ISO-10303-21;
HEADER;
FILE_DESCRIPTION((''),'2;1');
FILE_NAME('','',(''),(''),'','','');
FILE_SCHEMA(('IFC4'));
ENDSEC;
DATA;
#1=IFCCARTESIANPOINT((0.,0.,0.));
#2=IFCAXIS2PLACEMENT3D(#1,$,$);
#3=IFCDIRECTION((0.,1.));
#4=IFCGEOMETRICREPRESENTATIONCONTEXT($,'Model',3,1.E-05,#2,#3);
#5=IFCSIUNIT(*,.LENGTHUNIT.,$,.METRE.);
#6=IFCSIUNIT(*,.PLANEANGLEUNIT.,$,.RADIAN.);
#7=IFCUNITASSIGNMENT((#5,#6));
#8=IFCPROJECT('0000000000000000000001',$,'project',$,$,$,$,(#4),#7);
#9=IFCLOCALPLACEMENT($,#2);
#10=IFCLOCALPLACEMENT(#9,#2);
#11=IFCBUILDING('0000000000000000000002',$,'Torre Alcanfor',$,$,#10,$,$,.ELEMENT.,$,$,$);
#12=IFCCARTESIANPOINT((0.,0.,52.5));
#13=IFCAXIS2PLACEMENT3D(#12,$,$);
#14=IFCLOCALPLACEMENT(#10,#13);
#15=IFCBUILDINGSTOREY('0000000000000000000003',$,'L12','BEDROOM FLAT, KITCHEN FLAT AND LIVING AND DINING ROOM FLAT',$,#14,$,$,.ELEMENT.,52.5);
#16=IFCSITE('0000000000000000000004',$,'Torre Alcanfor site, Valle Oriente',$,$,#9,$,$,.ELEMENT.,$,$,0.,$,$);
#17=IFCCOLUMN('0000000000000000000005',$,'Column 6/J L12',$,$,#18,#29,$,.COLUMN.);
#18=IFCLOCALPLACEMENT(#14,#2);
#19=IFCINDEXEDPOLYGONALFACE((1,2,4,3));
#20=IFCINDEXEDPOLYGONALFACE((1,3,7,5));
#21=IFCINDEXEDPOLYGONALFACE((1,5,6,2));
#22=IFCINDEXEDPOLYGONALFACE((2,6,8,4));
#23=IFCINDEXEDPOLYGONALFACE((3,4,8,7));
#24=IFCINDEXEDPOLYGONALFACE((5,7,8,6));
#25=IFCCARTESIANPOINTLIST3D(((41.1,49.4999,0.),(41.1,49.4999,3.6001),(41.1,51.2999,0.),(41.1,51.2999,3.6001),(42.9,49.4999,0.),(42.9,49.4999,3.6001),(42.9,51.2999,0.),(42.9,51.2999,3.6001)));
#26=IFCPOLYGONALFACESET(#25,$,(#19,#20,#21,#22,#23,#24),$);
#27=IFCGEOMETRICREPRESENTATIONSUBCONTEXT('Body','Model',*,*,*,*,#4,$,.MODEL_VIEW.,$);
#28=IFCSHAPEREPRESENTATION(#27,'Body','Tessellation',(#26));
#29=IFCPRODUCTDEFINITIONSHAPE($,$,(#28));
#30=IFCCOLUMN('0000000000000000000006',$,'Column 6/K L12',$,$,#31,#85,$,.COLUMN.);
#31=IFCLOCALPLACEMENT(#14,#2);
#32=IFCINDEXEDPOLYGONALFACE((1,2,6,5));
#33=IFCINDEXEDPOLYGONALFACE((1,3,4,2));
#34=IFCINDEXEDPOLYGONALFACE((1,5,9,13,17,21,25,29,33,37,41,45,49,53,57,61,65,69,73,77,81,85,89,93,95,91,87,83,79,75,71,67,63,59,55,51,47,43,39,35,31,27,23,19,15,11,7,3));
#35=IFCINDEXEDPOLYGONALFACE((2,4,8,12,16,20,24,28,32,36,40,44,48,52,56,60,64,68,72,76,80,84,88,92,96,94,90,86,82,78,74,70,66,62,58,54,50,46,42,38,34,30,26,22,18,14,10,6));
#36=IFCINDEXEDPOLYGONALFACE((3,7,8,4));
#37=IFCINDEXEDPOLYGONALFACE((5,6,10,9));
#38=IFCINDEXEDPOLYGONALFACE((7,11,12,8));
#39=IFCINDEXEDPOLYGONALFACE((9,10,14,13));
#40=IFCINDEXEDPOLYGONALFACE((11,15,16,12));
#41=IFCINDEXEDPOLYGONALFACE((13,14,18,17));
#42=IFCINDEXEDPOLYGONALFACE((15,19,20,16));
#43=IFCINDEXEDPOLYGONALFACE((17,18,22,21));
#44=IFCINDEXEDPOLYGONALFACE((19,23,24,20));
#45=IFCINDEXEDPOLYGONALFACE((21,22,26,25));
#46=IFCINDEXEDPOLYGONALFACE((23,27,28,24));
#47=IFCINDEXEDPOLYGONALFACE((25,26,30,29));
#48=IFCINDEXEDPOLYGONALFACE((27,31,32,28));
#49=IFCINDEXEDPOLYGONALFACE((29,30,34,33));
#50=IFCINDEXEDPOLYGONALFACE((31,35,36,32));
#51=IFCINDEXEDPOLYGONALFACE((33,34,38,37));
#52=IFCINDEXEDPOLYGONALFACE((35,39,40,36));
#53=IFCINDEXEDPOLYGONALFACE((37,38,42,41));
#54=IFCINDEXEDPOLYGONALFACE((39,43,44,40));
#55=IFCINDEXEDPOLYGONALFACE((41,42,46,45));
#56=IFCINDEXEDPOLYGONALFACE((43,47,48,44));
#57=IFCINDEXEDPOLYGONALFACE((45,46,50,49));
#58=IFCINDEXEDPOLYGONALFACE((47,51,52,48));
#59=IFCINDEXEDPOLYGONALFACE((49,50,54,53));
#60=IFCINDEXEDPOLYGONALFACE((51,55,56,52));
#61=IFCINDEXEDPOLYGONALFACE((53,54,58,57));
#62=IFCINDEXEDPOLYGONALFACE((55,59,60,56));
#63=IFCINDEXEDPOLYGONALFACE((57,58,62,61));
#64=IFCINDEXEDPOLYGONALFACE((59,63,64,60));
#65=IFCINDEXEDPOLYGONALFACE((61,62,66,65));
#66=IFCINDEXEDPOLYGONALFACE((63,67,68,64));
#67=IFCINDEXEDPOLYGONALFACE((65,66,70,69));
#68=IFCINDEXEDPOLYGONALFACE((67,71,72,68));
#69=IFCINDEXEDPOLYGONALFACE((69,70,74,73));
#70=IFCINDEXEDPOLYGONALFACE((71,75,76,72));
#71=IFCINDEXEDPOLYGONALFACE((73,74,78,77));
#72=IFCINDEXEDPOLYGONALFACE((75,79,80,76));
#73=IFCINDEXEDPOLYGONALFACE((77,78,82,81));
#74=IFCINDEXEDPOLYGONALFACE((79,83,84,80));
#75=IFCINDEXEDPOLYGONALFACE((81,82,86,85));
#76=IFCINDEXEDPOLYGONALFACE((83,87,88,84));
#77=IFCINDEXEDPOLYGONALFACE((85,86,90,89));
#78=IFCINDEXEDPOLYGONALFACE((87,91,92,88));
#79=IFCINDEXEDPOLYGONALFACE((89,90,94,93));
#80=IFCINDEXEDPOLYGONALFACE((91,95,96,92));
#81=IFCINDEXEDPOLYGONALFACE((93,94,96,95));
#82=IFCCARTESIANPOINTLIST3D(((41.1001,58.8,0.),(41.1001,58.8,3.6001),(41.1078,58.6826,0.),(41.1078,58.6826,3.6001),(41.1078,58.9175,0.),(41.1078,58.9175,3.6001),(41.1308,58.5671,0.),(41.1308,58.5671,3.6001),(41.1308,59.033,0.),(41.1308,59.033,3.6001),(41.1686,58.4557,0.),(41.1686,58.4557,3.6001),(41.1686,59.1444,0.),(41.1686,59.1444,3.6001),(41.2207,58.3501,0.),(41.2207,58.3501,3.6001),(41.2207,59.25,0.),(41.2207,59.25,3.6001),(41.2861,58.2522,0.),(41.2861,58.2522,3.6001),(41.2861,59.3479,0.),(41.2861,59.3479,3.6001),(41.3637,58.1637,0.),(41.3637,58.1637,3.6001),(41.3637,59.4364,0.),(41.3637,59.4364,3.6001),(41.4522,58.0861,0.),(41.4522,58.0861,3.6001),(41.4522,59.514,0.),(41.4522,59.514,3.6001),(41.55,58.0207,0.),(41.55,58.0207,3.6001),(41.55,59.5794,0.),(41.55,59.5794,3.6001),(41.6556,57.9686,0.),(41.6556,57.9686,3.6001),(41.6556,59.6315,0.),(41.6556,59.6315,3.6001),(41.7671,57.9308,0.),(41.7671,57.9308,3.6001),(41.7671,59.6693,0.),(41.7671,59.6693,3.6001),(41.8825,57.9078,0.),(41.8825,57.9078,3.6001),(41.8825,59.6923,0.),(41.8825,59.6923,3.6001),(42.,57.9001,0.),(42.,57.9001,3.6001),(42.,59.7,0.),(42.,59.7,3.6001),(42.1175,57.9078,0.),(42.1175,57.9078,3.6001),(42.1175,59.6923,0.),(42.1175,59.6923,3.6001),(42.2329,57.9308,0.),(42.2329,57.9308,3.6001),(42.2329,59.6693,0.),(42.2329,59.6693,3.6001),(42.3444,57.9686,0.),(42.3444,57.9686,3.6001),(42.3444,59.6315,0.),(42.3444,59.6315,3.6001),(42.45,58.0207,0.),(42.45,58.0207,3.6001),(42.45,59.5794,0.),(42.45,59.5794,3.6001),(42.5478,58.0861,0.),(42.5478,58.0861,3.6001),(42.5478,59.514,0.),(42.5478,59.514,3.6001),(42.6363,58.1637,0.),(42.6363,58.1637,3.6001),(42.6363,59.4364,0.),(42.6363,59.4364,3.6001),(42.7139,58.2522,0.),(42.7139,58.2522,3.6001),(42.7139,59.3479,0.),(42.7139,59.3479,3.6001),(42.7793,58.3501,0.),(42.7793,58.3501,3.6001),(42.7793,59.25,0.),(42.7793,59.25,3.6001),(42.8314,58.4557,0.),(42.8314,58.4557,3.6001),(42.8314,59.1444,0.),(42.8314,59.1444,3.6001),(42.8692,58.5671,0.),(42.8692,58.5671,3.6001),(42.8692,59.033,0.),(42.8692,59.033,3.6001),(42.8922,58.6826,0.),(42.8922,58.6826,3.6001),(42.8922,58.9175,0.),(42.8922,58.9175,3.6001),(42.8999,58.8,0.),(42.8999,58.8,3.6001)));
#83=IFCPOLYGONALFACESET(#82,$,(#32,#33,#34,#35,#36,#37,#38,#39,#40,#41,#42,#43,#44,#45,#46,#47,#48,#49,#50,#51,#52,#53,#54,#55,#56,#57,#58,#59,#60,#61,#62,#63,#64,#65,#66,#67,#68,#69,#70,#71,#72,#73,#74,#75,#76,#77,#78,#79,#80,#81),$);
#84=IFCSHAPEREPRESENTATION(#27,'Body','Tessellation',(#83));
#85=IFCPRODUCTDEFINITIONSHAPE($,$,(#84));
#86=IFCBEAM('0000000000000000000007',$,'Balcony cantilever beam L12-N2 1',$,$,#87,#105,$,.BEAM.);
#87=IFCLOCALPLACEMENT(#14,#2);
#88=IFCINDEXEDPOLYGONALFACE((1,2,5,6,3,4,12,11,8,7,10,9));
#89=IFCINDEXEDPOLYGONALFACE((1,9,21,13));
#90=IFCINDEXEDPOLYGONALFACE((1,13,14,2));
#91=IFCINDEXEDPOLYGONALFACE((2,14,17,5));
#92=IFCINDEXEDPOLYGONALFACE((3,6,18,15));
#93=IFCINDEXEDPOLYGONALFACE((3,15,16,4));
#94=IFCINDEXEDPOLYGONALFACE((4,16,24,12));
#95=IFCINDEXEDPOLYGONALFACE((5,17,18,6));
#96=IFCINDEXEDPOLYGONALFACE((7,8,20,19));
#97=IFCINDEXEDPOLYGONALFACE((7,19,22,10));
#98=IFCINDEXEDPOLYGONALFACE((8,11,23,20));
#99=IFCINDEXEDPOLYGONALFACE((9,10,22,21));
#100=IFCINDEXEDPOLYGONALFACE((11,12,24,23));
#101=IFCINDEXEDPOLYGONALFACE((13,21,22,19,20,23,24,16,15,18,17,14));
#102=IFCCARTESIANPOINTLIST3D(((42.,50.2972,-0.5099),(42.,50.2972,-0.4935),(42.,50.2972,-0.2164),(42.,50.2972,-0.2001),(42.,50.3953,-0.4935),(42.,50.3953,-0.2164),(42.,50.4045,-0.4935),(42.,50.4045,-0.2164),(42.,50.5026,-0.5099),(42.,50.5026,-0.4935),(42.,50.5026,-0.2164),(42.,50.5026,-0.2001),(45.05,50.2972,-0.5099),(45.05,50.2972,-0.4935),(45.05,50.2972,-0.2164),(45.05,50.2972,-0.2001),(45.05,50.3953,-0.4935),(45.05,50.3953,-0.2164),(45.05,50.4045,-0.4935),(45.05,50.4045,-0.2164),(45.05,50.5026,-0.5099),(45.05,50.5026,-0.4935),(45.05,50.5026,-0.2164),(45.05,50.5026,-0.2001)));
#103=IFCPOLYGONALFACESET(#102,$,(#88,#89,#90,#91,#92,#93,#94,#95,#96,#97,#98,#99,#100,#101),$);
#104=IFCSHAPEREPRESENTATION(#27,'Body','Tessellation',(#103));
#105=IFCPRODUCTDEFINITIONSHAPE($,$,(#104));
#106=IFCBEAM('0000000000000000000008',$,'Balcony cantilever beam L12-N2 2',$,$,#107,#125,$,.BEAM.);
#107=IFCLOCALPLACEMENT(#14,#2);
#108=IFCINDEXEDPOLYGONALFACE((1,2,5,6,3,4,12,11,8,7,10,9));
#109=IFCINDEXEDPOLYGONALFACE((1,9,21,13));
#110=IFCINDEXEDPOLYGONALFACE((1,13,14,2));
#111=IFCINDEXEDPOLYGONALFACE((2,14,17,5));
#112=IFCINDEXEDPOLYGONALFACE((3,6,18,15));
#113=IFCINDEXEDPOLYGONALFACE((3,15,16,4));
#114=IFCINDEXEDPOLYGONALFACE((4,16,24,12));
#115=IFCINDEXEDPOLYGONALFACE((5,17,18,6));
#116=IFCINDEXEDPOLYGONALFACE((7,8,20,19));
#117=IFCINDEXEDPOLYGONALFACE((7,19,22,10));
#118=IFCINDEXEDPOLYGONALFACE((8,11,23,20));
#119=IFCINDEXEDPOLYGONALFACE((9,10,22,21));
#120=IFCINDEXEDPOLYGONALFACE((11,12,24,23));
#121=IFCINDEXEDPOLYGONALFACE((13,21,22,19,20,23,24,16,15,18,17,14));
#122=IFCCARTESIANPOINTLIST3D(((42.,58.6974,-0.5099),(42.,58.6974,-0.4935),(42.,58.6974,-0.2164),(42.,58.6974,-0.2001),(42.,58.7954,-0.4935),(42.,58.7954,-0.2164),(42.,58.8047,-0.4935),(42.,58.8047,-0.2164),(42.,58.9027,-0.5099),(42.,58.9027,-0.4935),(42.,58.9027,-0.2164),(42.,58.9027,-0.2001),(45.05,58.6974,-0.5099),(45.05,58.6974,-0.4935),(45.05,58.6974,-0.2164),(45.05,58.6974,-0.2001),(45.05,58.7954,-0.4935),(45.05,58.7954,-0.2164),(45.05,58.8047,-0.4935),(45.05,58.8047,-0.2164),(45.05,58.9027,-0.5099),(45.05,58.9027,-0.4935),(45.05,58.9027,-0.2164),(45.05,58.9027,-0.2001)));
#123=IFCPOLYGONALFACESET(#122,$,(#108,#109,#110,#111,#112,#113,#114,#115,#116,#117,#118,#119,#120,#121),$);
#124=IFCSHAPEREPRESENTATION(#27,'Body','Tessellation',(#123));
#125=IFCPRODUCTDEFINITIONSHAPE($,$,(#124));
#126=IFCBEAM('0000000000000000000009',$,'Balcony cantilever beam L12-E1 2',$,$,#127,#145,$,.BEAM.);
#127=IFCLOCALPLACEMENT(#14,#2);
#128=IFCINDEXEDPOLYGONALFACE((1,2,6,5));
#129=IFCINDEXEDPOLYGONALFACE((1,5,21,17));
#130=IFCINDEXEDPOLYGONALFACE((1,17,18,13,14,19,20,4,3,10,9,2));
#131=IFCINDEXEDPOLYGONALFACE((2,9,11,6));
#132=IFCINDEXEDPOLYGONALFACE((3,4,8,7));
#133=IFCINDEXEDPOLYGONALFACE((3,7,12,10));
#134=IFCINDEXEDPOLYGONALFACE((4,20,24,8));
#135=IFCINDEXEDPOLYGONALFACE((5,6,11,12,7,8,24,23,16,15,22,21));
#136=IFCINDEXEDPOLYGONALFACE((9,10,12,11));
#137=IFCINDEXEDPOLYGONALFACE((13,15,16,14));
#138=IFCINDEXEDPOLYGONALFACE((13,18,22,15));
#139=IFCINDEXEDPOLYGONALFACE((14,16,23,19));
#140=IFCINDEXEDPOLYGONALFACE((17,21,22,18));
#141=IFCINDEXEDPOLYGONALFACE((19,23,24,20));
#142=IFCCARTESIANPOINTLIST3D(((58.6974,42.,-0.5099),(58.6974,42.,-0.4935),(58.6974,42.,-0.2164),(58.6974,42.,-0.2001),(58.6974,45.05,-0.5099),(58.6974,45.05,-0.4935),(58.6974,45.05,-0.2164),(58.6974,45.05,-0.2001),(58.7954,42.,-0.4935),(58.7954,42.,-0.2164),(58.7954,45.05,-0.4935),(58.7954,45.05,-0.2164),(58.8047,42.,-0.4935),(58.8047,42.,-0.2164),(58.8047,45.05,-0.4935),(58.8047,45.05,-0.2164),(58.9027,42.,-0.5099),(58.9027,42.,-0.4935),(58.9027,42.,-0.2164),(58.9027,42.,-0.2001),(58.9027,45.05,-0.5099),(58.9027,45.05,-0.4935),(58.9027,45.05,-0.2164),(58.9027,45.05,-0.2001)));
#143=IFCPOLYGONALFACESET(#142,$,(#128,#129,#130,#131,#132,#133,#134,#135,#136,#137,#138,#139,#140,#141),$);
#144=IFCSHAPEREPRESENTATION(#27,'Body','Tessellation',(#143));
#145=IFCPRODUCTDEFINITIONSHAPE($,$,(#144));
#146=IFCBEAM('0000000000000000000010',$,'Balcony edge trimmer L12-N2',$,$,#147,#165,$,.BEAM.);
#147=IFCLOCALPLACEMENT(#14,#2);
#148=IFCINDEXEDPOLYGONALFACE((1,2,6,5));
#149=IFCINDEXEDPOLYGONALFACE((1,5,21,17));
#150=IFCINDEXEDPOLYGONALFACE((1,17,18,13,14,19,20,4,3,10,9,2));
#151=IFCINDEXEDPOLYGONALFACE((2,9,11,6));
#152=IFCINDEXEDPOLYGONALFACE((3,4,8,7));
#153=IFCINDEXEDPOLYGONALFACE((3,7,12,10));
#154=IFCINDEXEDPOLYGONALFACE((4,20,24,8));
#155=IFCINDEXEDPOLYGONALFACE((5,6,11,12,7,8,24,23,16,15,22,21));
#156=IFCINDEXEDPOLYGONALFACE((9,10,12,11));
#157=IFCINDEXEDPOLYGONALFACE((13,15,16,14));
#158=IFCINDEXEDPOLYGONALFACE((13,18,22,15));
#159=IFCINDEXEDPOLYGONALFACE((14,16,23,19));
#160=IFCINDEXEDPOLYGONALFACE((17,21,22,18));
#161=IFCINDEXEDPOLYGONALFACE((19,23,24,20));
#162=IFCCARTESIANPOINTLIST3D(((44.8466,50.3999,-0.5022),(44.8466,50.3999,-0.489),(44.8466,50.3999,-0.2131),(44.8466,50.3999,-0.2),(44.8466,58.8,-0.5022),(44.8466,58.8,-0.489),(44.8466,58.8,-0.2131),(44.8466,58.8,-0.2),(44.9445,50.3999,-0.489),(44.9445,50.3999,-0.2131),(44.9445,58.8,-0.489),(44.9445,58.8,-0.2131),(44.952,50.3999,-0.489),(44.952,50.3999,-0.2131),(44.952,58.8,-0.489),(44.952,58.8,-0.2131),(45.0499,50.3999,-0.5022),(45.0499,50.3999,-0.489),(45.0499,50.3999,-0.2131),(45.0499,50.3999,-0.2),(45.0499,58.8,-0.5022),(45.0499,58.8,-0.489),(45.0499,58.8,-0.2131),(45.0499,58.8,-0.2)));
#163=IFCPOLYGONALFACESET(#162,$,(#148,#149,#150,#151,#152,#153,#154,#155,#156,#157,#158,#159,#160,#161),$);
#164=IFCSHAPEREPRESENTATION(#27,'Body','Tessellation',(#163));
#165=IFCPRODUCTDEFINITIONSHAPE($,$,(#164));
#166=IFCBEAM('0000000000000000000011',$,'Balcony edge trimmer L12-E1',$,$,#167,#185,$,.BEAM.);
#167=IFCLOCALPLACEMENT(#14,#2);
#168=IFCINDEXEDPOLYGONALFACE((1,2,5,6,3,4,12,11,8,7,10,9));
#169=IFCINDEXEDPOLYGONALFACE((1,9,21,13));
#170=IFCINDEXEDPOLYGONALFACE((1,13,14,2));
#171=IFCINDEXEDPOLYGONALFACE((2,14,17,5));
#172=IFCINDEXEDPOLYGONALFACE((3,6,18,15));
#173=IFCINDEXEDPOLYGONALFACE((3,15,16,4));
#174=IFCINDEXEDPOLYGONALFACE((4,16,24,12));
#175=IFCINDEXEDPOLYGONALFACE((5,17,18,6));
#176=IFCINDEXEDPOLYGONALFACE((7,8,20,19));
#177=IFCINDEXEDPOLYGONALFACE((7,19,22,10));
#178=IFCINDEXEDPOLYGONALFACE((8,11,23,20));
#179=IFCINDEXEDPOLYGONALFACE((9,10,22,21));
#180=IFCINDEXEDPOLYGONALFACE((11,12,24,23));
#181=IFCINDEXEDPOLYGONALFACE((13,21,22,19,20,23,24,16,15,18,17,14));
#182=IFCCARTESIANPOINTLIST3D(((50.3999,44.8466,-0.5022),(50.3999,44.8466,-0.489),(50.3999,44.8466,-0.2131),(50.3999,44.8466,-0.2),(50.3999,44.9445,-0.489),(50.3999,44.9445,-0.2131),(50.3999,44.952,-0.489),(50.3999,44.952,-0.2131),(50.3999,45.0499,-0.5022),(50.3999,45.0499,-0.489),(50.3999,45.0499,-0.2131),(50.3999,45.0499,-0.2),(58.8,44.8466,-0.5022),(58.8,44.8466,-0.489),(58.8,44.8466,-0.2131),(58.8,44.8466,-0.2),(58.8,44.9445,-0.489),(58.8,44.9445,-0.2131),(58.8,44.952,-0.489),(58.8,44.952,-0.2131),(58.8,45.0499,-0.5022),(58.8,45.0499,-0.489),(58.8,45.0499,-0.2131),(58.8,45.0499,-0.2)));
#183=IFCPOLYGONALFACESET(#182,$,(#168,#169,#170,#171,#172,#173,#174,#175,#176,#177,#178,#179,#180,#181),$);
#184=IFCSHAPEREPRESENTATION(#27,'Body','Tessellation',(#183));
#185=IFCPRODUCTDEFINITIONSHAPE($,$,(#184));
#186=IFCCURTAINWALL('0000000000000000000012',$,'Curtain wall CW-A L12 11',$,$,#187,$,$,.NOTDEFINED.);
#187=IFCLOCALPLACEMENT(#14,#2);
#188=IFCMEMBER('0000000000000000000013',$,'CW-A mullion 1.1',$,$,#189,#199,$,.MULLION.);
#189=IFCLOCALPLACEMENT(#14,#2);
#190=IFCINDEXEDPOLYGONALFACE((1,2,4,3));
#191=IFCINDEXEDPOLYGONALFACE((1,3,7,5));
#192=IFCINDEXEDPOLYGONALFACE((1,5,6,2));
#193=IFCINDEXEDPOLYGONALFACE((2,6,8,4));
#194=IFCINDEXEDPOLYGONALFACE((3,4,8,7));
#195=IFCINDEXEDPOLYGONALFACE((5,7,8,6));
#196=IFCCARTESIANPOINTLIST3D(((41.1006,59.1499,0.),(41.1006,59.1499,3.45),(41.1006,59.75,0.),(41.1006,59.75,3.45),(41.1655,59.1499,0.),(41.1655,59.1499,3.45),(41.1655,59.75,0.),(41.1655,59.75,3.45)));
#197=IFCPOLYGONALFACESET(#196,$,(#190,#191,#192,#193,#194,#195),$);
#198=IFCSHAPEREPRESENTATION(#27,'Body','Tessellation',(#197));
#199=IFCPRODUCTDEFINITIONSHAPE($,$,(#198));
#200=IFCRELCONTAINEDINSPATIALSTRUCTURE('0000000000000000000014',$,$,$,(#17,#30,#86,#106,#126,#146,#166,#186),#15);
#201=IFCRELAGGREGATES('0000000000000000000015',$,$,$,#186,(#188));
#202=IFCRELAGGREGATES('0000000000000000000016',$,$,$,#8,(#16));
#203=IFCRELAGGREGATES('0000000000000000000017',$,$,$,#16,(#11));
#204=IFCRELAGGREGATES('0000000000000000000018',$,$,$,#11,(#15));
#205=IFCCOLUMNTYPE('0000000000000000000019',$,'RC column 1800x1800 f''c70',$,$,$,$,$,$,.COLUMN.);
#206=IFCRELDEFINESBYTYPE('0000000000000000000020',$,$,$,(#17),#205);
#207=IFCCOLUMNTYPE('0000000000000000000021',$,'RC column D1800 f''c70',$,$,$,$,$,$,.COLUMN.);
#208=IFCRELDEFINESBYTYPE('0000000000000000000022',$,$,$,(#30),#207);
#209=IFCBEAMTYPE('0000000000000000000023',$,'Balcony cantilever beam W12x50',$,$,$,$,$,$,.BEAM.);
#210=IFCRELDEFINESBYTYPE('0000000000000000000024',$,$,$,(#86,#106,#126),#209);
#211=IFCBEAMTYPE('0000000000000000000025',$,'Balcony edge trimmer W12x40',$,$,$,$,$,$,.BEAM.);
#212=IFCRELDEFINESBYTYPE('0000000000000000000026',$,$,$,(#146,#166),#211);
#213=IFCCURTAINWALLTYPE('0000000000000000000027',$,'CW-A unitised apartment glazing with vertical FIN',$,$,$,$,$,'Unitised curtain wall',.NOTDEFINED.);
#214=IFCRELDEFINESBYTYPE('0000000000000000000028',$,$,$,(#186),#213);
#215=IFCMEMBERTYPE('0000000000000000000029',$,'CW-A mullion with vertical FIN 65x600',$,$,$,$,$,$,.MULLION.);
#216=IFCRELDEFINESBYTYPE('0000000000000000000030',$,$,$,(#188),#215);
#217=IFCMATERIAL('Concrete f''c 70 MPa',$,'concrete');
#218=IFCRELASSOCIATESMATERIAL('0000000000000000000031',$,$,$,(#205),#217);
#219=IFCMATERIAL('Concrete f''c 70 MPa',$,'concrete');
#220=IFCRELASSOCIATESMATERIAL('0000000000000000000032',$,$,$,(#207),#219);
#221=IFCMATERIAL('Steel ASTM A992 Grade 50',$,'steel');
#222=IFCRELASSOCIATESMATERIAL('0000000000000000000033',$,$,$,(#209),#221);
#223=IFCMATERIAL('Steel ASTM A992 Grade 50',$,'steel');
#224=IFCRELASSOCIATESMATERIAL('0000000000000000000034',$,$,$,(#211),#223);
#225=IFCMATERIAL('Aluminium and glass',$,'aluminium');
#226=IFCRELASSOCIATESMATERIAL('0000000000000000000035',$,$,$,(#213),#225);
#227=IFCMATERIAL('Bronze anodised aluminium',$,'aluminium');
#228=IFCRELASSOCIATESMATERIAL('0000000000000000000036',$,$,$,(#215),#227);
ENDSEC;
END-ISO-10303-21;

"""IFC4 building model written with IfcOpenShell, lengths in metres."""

from ifc_helpers import new_model, si_unit, direction, frame, origin, origin_2d, place, context, subcontext, project, spatial, rectangle, circle, i_section, extrude, material, material_profile, profile_set, type_object, element, aggregate, save


model = new_model("IFC4")

# Units and contexts
model_context = context("Model", 3, precision=1e-05, world=origin(), true_north=direction((0.0, 1.0)))
body_context = subcontext(model_context, "Body", "Model", "MODEL_VIEW")
ifc_project = project(units=[si_unit("LENGTHUNIT", "METRE"), si_unit("PLANEANGLEUNIT", "RADIAN")], contexts=[model_context])

# Site, building, storey
site_placement = place(None, origin())
site = spatial("IfcSite", under=ifc_project, at=site_placement, Name="Torre Alcanfor site, Valle Oriente", CompositionType="ELEMENT", RefElevation=0.0)
building_placement = place(site_placement, origin())
building = spatial("IfcBuilding", under=site, at=building_placement, Name="Torre Alcanfor", CompositionType="ELEMENT")
storey_placement = place(building_placement, frame((0.0, 0.0, 52.5)))
storey = spatial("IfcBuildingStorey", under=building, at=storey_placement, Name="L12", Description="BEDROOM FLAT, KITCHEN FLAT AND LIVING AND DINING ROOM FLAT", CompositionType="ELEMENT", Elevation=52.5)

# Columns
ifc_material_1 = material(Name="Concrete f'c 70 MPa", Category="concrete")
ifc_material_profile_1 = material_profile(ifc_material_1, rectangle(XDim=1.8, YDim=1.8, at=origin_2d()), Name="1800x1800")
ifc_profile_set_1 = profile_set([ifc_material_profile_1], Name="Concrete f'c 70 MPa")
column_type_1 = type_object("IfcColumnType", Name="RC column 1800x1800 f'c70", PredefinedType="COLUMN", material=ifc_profile_set_1)
column_1_placement = place(storey_placement, frame((42.0, 50.3999, 0.0), z_axis=(0.0, 0.0, 1.0), x_axis=(1.0, 0.0, 0.0)))
element("IfcColumn", 1, at=column_1_placement, inside=storey, type_object=column_type_1, Name="Column 6/J L12", PredefinedType="COLUMN", context=body_context, shape_type="SweptSolid", body=[
    extrude(rectangle(XDim=1.8, YDim=1.8, at=origin_2d()), origin(), (0.0, 0.0, 1.0), 3.6001),
])
ifc_material_2 = material(Name="Concrete f'c 70 MPa", Category="concrete")
ifc_material_profile_2 = material_profile(ifc_material_2, circle(Radius=0.8999, at=origin_2d()), Name="D1800")
ifc_profile_set_2 = profile_set([ifc_material_profile_2], Name="Concrete f'c 70 MPa")
column_type_2 = type_object("IfcColumnType", Name="RC column D1800 f'c70", PredefinedType="COLUMN", material=ifc_profile_set_2)
column_2_placement = place(storey_placement, frame((42.0, 58.8, 0.0), z_axis=(0.0, 0.0, 1.0), x_axis=(1.0, 0.0, 0.0)))
element("IfcColumn", 2, at=column_2_placement, inside=storey, type_object=column_type_2, Name="Column 6/K L12", PredefinedType="COLUMN", context=body_context, shape_type="SweptSolid", body=[
    extrude(circle(Radius=0.8999, at=origin_2d()), origin(), (0.0, 0.0, 1.0), 3.6001),
])

# Beams
ifc_material_3 = material(Name="Steel ASTM A992 Grade 50", Category="steel")
ifc_material_profile_3 = material_profile(ifc_material_3, i_section(OverallWidth=0.2053, OverallDepth=0.3098, WebThickness=0.0093, FlangeThickness=0.0164, at=origin_2d()), Name="W12x50")
ifc_profile_set_3 = profile_set([ifc_material_profile_3], Name="Steel ASTM A992 Grade 50")
beam_type_1 = type_object("IfcBeamType", Name="Balcony cantilever beam W12x50", PredefinedType="BEAM", material=ifc_profile_set_3)
for number, where, z_axis, x_axis, name in (
    (3, (42.0, 50.3999, -0.355), (1.0, 0.0, 0.0), (0.0, 1.0, 0.0), "Balcony cantilever beam L12-N2 1"),
    (4, (42.0, 58.8, -0.355), (1.0, 0.0, 0.0), (0.0, 1.0, 0.0), "Balcony cantilever beam L12-N2 2"),
    (5, (58.8, 42.0, -0.355), (0.0, 1.0, 0.0), (-1.0, 0.0, 0.0), "Balcony cantilever beam L12-E1 2"),
):
    element("IfcBeam", number, at=place(storey_placement, frame(where, z_axis=z_axis, x_axis=x_axis)), inside=storey, type_object=beam_type_1, Name=name, PredefinedType="BEAM", context=body_context, shape_type="SweptSolid", body=[
        extrude(i_section(OverallWidth=0.2053, OverallDepth=0.3098, WebThickness=0.0093, FlangeThickness=0.0164, at=origin_2d()), origin(), (0.0, 0.0, 1.0), 3.05),
    ])
ifc_material_4 = material(Name="Steel ASTM A992 Grade 50", Category="steel")
ifc_material_profile_4 = material_profile(ifc_material_4, i_section(OverallWidth=0.2034, OverallDepth=0.3022, WebThickness=0.0076, FlangeThickness=0.0132, at=origin_2d()), Name="W12x40")
ifc_profile_set_4 = profile_set([ifc_material_profile_4], Name="Steel ASTM A992 Grade 50")
beam_type_2 = type_object("IfcBeamType", Name="Balcony edge trimmer W12x40", PredefinedType="BEAM", material=ifc_profile_set_4)
for number, where, z_axis, x_axis, name in (
    (6, (44.9482, 50.3999, -0.3511), (0.0, 1.0, 0.0), (-1.0, 0.0, 0.0), "Balcony edge trimmer L12-N2"),
    (7, (50.3999, 44.9482, -0.3511), (1.0, 0.0, 0.0), (0.0, 1.0, 0.0), "Balcony edge trimmer L12-E1"),
):
    element("IfcBeam", number, at=place(storey_placement, frame(where, z_axis=z_axis, x_axis=x_axis)), inside=storey, type_object=beam_type_2, Name=name, PredefinedType="BEAM", context=body_context, shape_type="SweptSolid", body=[
        extrude(i_section(OverallWidth=0.2034, OverallDepth=0.3022, WebThickness=0.0076, FlangeThickness=0.0132, at=origin_2d()), origin(), (0.0, 0.0, 1.0), 8.4001),
    ])

# Curtain wall, member
ifc_material_5 = material(Name="Aluminium and glass", Category="aluminium")
curtain_wall_type = type_object("IfcCurtainWallType", Name="CW-A unitised apartment glazing with vertical FIN", ElementType="Unitised curtain wall", PredefinedType="NOTDEFINED", material=ifc_material_5)
curtain_wall_placement = place(storey_placement, origin())
curtain_wall = element("IfcCurtainWall", 8, at=curtain_wall_placement, inside=storey, type_object=curtain_wall_type, Name="Curtain wall CW-A L12 11", PredefinedType="NOTDEFINED")
ifc_material_6 = material(Name="Bronze anodised aluminium", Category="aluminium")
ifc_material_profile_5 = material_profile(ifc_material_6, rectangle(XDim=0.6001, YDim=0.0649, at=origin_2d()), Name="CW-A mullion 65x600")
ifc_profile_set_5 = profile_set([ifc_material_profile_5], Name="Bronze anodised aluminium")
member_type = type_object("IfcMemberType", Name="CW-A mullion with vertical FIN 65x600", PredefinedType="MULLION", material=ifc_profile_set_5)
member_placement = place(storey_placement, frame((41.1331, 59.45, 0.0), z_axis=(0.0, 0.0, 1.0), x_axis=(0.0, -1.0, 0.0)))
member = element("IfcMember", 9, at=member_placement, type_object=member_type, Name="CW-A mullion 1.1", PredefinedType="MULLION", context=body_context, shape_type="SweptSolid", body=[
    extrude(rectangle(XDim=0.6001, YDim=0.0649, at=origin_2d()), origin(), (0.0, 0.0, 1.0), 3.45),
])
aggregate(curtain_wall, [member])

save(model, "model.ifc")
